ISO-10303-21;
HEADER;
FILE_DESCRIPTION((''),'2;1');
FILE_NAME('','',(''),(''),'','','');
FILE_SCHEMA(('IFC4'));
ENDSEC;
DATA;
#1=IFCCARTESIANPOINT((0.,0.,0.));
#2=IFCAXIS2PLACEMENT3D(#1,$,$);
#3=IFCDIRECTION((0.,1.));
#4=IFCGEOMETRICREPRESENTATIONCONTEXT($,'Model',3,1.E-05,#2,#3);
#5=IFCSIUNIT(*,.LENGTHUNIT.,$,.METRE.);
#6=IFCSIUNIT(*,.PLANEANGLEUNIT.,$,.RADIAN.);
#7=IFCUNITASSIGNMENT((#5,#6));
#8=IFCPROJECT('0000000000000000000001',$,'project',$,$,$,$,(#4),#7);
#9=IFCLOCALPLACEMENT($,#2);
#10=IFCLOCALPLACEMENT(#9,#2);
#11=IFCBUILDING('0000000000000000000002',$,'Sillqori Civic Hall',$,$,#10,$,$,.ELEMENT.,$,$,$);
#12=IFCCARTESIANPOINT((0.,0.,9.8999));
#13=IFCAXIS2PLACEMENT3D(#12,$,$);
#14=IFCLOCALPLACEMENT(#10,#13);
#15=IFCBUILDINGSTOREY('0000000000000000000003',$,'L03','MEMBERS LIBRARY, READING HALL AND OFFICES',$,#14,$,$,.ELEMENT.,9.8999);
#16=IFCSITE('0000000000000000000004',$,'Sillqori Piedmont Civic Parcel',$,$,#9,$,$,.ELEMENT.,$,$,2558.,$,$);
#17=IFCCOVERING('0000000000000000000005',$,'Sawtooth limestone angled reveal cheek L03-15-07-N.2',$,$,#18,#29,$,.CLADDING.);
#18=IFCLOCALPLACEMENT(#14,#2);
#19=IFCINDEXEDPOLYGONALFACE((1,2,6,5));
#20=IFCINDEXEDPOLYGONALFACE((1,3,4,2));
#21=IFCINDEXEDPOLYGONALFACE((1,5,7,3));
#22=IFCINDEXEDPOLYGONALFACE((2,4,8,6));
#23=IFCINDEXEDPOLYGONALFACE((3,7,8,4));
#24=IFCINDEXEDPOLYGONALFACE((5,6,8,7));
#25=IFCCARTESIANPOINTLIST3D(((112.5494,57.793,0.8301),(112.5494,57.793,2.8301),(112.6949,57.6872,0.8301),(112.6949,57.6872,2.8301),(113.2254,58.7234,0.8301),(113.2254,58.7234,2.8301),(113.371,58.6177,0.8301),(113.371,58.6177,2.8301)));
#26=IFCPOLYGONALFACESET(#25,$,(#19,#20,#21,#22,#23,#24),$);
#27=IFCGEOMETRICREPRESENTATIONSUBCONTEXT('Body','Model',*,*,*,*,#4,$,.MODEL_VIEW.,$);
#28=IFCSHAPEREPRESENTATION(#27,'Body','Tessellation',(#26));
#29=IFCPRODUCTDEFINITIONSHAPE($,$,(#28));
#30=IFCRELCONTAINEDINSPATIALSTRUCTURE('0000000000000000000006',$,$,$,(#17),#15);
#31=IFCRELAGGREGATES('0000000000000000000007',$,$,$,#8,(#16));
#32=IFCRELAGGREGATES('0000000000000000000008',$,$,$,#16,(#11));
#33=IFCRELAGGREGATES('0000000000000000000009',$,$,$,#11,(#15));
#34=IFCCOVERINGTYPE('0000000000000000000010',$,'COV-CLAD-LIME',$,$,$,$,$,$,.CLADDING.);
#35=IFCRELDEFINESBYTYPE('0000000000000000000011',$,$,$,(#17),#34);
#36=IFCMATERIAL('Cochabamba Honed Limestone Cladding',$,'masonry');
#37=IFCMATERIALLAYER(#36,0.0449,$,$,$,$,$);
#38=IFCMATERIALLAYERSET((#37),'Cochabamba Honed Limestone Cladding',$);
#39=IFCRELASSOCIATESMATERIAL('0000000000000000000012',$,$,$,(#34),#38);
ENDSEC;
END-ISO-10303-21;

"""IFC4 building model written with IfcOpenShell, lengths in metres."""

from ifc_helpers import new_model, si_unit, direction, frame, frame_2d, origin, place, context, subcontext, project, spatial, rectangle, extrude, material, layer, layer_set, type_object, element, save


model = new_model("IFC4")

# Units and contexts
model_context = context("Model", 3, precision=1e-05, world=origin(), true_north=direction((0.0, 1.0)))
body_context = subcontext(model_context, "Body", "Model", "MODEL_VIEW")
ifc_project = project(units=[si_unit("LENGTHUNIT", "METRE"), si_unit("PLANEANGLEUNIT", "RADIAN")], contexts=[model_context])

# Site, building, storey
site_placement = place(None, origin())
site = spatial("IfcSite", under=ifc_project, at=site_placement, Name="Sillqori Piedmont Civic Parcel", CompositionType="ELEMENT", RefElevation=2558.0)
building_placement = place(site_placement, origin())
building = spatial("IfcBuilding", under=site, at=building_placement, Name="Sillqori Civic Hall", CompositionType="ELEMENT")
storey_placement = place(building_placement, frame((0.0, 0.0, 9.8999)))
storey = spatial("IfcBuildingStorey", under=building, at=storey_placement, Name="L03", Description="MEMBERS LIBRARY, READING HALL AND OFFICES", CompositionType="ELEMENT", Elevation=9.8999)

# Covering
ifc_material_1 = material(Name="Cochabamba Honed Limestone Cladding", Category="masonry")
ifc_layer_1 = layer(ifc_material_1, 0.0449)
ifc_layer_set_1 = layer_set([ifc_layer_1], Name="Cochabamba Honed Limestone Cladding")
covering_type = type_object("IfcCoveringType", Name="COV-CLAD-LIME", PredefinedType="CLADDING", material=ifc_layer_set_1)
for number, where, z_axis, x_axis, name in (
    (1, (112.6221, 57.74, 0.8301), (0.0, 0.0, 1.0), (0.587806, 0.809002, 0.0), "Sawtooth limestone angled reveal cheek L03-15-07-N.2"),
):
    element("IfcCovering", number, at=place(storey_placement, frame(where, z_axis=z_axis, x_axis=x_axis)), inside=storey, type_object=covering_type, Name=name, PredefinedType="CLADDING", context=body_context, shape_type="SweptSolid", body=[
        extrude(rectangle(XDim=1.1501, YDim=0.1799, at=frame_2d((0.5752, 0.0))), origin(), (0.0, 0.0, 1.0), 2.0),
    ])

save(model, "model.ifc")
